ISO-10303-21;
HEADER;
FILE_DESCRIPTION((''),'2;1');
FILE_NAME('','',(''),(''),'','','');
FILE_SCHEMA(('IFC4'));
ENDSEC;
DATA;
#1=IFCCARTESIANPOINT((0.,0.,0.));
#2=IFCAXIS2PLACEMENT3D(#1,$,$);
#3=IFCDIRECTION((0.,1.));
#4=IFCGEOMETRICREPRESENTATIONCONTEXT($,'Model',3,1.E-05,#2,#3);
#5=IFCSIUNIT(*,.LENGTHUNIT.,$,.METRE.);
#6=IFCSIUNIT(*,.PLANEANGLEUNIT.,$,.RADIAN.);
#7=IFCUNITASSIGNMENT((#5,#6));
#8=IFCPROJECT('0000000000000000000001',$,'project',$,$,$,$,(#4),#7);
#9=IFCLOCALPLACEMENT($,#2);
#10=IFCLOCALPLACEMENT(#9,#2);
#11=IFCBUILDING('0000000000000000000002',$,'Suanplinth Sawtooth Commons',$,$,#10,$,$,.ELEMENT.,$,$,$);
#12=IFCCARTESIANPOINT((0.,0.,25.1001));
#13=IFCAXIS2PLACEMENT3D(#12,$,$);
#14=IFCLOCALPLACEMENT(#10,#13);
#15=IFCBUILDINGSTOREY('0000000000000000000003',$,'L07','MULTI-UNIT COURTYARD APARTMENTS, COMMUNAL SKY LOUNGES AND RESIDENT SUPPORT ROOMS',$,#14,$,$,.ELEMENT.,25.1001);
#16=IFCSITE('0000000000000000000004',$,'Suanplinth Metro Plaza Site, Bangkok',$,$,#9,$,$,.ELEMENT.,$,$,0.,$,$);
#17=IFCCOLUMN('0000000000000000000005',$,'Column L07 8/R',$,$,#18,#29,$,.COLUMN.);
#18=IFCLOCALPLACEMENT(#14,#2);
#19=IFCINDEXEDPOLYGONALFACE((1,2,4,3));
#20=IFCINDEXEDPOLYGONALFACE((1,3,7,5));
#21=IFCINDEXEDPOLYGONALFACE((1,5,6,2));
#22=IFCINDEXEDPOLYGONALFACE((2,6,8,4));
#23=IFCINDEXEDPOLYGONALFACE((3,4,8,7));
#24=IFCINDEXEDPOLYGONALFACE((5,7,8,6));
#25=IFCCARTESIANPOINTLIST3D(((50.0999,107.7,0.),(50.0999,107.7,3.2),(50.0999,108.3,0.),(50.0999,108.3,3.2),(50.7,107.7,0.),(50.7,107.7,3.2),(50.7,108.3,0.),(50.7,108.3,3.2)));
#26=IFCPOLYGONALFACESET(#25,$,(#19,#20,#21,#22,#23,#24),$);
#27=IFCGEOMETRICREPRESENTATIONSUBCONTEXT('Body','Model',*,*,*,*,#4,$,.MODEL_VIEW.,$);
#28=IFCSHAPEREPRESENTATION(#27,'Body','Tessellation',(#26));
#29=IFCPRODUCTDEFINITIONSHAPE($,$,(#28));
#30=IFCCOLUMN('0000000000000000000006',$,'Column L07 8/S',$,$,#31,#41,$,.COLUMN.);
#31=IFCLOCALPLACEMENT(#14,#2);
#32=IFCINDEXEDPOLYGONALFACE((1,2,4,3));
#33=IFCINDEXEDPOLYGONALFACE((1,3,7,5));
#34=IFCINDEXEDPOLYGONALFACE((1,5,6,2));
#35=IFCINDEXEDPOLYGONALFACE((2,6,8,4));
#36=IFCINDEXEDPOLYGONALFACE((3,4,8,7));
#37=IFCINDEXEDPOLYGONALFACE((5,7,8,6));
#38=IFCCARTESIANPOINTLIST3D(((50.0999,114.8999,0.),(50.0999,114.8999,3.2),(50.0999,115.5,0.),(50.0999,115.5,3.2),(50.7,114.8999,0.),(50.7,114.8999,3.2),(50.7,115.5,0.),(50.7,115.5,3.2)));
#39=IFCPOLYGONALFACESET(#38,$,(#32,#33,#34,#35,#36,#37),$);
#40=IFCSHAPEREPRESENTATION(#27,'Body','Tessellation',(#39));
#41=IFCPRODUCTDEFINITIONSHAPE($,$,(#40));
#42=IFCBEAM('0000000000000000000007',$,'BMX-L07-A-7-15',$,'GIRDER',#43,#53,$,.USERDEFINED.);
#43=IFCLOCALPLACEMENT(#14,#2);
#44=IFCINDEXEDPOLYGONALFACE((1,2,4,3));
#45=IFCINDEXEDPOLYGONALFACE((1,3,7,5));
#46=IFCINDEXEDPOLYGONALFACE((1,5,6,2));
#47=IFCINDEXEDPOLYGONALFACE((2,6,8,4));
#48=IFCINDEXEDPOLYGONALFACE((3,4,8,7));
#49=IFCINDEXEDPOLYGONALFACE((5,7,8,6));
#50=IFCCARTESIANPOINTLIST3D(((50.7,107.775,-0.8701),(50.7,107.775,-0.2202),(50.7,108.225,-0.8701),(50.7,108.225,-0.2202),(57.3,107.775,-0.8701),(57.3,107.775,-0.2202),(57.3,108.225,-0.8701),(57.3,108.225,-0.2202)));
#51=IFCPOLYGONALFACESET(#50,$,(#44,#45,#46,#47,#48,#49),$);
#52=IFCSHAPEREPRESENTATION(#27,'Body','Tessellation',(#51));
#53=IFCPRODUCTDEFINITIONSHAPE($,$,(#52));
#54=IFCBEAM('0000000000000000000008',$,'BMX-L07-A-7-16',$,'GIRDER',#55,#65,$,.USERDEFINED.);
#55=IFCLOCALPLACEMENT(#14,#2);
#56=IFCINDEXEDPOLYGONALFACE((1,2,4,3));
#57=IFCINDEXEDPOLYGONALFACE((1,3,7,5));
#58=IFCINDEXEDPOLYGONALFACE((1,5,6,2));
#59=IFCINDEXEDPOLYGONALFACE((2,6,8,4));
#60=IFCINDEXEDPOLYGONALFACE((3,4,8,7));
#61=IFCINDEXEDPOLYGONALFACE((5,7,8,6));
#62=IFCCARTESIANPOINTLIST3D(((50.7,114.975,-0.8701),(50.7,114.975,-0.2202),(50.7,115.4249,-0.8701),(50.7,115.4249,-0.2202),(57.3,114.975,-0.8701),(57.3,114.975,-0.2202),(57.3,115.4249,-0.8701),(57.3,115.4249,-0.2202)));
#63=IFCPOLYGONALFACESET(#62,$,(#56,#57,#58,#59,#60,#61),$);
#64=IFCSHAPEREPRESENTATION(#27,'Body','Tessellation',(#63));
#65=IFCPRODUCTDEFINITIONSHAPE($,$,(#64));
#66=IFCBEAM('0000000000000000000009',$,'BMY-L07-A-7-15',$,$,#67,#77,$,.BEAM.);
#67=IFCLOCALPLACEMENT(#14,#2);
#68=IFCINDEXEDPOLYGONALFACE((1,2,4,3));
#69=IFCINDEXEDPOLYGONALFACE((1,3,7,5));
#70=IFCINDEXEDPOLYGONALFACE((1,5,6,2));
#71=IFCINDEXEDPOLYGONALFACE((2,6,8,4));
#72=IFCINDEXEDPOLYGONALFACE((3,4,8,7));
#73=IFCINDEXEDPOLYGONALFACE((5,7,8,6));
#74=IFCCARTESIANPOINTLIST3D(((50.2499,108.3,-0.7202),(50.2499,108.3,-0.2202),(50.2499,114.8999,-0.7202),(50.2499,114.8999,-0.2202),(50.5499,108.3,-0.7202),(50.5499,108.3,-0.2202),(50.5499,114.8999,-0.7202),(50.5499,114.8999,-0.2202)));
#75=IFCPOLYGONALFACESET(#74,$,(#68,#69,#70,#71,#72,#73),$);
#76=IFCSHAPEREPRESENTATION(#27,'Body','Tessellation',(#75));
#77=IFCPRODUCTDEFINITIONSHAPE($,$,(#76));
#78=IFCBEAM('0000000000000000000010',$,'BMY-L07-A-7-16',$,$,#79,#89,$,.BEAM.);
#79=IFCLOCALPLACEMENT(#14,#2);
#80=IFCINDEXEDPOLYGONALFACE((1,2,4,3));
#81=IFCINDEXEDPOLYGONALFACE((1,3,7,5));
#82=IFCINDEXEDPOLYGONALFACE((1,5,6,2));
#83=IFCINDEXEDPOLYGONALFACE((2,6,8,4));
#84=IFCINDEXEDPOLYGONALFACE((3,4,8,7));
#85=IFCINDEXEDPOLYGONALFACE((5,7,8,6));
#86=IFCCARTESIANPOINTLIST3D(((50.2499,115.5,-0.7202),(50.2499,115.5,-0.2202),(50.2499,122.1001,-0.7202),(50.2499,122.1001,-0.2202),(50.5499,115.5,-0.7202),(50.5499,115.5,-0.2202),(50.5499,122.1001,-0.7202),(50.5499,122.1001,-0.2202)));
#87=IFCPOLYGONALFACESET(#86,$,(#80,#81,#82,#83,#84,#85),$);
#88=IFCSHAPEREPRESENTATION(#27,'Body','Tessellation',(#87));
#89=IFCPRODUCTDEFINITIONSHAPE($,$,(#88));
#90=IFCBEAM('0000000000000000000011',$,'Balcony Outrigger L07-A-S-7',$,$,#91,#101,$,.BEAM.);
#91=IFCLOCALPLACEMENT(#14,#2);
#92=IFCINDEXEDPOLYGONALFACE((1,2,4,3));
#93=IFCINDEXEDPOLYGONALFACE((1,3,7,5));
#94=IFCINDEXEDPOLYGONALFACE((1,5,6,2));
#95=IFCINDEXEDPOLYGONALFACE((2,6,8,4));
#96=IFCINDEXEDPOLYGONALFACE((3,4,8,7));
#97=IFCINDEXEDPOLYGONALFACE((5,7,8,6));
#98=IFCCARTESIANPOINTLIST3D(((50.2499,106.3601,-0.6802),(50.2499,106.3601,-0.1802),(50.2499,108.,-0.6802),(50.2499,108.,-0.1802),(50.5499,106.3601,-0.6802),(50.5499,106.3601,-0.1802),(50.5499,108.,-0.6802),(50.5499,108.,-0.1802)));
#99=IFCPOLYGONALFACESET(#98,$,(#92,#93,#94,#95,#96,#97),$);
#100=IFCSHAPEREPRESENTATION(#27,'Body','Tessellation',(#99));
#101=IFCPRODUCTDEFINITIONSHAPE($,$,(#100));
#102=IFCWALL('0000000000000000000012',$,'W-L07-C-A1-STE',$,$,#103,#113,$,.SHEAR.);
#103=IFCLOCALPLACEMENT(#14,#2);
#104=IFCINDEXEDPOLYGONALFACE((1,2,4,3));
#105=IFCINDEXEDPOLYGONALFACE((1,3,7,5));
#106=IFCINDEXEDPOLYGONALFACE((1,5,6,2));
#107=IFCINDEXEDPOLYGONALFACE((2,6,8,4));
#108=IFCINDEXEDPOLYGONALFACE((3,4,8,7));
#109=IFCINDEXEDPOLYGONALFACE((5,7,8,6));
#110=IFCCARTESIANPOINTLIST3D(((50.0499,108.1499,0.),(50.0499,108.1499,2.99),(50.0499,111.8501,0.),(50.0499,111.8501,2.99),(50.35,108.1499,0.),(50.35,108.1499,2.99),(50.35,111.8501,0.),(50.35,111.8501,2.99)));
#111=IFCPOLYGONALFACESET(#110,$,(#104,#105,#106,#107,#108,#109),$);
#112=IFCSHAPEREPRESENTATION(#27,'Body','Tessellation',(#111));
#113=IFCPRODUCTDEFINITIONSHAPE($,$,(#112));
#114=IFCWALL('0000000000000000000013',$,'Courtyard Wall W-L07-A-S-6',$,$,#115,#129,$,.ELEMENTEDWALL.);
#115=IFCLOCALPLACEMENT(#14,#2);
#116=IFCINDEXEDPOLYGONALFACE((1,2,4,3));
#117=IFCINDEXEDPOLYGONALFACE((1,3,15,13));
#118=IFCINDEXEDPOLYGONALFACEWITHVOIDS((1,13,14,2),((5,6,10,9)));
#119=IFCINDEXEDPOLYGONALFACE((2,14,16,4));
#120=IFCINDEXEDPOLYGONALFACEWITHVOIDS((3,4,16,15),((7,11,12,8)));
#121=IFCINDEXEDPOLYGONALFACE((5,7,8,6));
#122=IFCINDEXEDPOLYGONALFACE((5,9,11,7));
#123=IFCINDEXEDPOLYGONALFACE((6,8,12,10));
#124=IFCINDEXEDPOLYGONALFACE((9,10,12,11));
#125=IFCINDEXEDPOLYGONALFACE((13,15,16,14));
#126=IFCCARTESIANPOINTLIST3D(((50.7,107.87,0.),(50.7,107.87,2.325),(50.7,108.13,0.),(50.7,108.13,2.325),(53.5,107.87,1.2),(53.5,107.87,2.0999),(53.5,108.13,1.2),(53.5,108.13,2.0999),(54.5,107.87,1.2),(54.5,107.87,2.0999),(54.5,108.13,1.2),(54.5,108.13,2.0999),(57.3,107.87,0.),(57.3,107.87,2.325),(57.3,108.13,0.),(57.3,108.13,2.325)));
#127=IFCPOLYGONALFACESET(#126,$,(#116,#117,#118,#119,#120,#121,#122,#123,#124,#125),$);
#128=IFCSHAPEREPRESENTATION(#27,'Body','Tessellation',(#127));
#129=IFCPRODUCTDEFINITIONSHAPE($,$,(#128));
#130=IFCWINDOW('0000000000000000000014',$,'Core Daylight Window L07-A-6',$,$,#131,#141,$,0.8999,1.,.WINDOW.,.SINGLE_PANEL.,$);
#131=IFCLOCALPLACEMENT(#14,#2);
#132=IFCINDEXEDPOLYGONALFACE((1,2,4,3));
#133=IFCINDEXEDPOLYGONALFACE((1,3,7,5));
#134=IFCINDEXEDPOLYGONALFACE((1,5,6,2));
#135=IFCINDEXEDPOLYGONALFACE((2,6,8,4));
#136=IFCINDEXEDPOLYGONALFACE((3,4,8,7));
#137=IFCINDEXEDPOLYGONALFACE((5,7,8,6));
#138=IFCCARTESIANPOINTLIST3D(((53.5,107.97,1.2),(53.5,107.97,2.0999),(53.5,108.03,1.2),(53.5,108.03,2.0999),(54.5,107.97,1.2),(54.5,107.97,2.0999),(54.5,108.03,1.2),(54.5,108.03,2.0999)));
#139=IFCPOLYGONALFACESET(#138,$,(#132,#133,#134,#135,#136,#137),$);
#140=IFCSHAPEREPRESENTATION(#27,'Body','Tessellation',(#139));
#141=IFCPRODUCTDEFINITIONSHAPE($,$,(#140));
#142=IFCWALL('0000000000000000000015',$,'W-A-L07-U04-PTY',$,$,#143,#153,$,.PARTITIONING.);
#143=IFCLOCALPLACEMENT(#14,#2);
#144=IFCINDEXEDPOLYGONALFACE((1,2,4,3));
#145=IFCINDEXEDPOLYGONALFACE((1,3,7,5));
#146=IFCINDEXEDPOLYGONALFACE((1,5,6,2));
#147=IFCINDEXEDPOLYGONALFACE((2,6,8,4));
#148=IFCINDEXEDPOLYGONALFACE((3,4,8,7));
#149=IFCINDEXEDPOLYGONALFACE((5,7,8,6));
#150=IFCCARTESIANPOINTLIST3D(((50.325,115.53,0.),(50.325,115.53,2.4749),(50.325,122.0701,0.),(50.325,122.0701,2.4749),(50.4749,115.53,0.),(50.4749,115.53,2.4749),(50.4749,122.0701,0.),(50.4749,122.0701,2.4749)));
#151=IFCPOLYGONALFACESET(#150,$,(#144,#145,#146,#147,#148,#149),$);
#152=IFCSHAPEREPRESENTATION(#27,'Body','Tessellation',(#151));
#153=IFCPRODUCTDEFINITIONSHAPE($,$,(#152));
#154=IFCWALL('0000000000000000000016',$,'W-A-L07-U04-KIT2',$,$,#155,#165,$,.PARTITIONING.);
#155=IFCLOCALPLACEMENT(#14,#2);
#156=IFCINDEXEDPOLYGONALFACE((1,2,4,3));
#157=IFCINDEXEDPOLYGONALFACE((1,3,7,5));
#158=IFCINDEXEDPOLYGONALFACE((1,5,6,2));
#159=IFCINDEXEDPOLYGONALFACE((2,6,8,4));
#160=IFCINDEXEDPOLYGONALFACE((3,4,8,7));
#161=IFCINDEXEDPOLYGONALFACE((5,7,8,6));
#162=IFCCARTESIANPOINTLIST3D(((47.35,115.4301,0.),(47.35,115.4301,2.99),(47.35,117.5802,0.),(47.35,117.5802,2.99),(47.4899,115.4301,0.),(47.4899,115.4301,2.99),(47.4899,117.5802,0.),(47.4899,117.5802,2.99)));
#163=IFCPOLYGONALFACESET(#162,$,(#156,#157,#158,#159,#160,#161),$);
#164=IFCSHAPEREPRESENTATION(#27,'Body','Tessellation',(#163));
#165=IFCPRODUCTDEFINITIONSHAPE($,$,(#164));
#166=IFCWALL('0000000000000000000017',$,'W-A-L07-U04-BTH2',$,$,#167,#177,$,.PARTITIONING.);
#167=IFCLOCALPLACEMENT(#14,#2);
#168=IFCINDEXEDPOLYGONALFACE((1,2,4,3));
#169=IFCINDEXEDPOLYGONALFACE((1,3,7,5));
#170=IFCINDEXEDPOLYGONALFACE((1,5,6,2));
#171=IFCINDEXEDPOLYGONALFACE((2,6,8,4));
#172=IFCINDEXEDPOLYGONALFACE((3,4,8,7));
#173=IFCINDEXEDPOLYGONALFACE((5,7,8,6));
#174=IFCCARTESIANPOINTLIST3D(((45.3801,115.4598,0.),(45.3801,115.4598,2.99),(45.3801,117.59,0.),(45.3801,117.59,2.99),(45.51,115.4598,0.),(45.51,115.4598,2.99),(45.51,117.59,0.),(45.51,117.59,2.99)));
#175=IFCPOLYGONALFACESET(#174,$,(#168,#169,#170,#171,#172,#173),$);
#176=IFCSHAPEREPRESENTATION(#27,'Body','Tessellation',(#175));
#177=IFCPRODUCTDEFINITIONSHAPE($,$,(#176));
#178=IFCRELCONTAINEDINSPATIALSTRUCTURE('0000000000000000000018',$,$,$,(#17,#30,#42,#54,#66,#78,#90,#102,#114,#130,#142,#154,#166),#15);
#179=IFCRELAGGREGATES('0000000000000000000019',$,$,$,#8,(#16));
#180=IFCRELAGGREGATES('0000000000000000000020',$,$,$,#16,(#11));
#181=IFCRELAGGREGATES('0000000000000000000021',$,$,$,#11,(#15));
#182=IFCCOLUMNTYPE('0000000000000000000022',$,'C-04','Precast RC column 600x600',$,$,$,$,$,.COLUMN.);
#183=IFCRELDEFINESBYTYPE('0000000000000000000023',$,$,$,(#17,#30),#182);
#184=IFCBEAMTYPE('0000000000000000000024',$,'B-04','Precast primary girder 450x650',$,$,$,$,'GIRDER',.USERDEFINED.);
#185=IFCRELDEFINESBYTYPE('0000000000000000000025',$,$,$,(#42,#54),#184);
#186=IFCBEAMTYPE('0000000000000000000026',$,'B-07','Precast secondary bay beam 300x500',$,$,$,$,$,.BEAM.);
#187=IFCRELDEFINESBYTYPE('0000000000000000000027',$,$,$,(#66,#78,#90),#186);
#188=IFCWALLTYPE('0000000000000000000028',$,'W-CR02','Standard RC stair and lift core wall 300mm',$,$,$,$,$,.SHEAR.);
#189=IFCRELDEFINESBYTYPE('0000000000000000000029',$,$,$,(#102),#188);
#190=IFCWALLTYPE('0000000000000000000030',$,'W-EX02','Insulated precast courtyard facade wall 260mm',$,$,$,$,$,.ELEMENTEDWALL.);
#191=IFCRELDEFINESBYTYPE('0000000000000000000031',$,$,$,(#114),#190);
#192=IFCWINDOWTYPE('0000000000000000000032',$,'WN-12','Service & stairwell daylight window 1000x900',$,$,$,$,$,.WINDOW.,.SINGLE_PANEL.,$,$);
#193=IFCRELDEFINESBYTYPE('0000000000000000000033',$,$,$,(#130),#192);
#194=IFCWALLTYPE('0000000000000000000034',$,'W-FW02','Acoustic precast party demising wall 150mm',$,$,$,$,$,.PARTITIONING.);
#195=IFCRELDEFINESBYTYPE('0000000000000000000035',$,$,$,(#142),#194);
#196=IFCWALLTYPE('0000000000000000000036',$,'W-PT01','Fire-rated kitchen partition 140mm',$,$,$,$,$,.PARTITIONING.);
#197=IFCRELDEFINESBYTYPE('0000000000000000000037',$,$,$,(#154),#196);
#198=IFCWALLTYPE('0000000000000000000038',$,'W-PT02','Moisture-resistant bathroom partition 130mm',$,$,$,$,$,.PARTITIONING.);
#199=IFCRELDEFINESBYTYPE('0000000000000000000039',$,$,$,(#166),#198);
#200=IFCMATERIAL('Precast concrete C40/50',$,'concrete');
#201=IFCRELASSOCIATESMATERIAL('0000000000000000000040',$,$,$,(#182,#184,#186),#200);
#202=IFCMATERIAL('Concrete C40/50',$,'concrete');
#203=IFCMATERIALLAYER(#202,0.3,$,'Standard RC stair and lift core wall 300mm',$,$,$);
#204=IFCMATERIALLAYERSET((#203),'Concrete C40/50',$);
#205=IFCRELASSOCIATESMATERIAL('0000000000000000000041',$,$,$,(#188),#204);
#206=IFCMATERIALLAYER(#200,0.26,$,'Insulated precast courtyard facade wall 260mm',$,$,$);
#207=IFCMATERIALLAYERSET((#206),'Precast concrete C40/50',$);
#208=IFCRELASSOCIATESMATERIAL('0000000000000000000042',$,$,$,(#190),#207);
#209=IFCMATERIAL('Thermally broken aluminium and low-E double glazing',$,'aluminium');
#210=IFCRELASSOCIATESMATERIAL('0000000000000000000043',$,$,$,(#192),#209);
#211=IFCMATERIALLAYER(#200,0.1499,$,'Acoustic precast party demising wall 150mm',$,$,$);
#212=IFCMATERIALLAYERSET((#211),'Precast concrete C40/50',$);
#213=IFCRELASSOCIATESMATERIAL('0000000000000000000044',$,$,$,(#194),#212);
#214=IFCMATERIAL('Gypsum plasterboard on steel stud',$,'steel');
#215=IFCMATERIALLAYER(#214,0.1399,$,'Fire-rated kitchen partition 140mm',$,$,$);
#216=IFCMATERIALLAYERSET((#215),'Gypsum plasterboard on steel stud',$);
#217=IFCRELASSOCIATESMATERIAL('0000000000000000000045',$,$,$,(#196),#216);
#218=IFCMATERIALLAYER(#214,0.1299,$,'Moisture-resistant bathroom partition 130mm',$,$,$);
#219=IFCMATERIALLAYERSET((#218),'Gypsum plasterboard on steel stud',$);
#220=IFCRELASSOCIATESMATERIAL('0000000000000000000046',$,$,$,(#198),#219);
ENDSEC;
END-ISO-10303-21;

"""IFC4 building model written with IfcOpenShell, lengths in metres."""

from ifc_helpers import new_model, si_unit, direction, frame, frame_2d, origin, origin_2d, place, context, subcontext, project, spatial, rectangle, extrude, material, layer, layer_set, material_profile, profile_set, type_object, element, fill, save


model = new_model("IFC4")

# Units and contexts
model_context = context("Model", 3, precision=1e-05, world=origin(), true_north=direction((0.0, 1.0)))
body_context = subcontext(model_context, "Body", "Model", "MODEL_VIEW")
ifc_project = project(units=[si_unit("LENGTHUNIT", "METRE"), si_unit("PLANEANGLEUNIT", "RADIAN")], contexts=[model_context])

# Site, building, storey
site_placement = place(None, origin())
site = spatial("IfcSite", under=ifc_project, at=site_placement, Name="Suanplinth Metro Plaza Site, Bangkok", CompositionType="ELEMENT", RefElevation=0.0)
building_placement = place(site_placement, origin())
building = spatial("IfcBuilding", under=site, at=building_placement, Name="Suanplinth Sawtooth Commons", CompositionType="ELEMENT")
storey_placement = place(building_placement, frame((0.0, 0.0, 25.1001)))
storey = spatial("IfcBuildingStorey", under=building, at=storey_placement, Name="L07", Description="MULTI-UNIT COURTYARD APARTMENTS, COMMUNAL SKY LOUNGES AND RESIDENT SUPPORT ROOMS", CompositionType="ELEMENT", Elevation=25.1001)

# Columns
ifc_material_1 = material(Name="Precast concrete C40/50", Category="concrete")
ifc_material_profile_1 = material_profile(ifc_material_1, rectangle(XDim=0.6001, YDim=0.6001, at=origin_2d()), Name="PC-COL 600x600")
ifc_profile_set_1 = profile_set([ifc_material_profile_1], Name="Precast concrete C40/50")
column_type = type_object("IfcColumnType", Name="C-04", Description="Precast RC column 600x600", PredefinedType="COLUMN", material=ifc_profile_set_1)
for number, where, z_axis, x_axis, name in (
    (1, (50.3999, 108.0, 0.0), (0.0, 0.0, 1.0), (1.0, 0.0, 0.0), "Column L07 8/R"),
    (2, (50.3999, 115.2, 0.0), (0.0, 0.0, 1.0), (1.0, 0.0, 0.0), "Column L07 8/S"),
):
    element("IfcColumn", number, at=place(storey_placement, frame(where, z_axis=z_axis, x_axis=x_axis)), inside=storey, type_object=column_type, Name=name, PredefinedType="COLUMN", context=body_context, shape_type="SweptSolid", body=[
        extrude(rectangle(XDim=0.6001, YDim=0.6001, at=origin_2d()), origin(), (0.0, 0.0, 1.0), 3.2),
    ])

# Beams
ifc_material_profile_2 = material_profile(ifc_material_1, rectangle(XDim=0.45, YDim=0.6499, at=origin_2d()), Name="PC-GDR 450x650")
ifc_profile_set_2 = profile_set([ifc_material_profile_2], Name="Precast concrete C40/50")
beam_type_1 = type_object("IfcBeamType", Name="B-04", Description="Precast primary girder 450x650", ElementType="GIRDER", PredefinedType="USERDEFINED", material=ifc_profile_set_2)
for number, where, z_axis, x_axis, name in (
    (3, (50.7, 108.0, -0.5452), (1.0, 0.0, 0.0), (0.0, 1.0, 0.0), "BMX-L07-A-7-15"),
    (4, (50.7, 115.2, -0.5452), (1.0, 0.0, 0.0), (0.0, 1.0, 0.0), "BMX-L07-A-7-16"),
):
    element("IfcBeam", number, at=place(storey_placement, frame(where, z_axis=z_axis, x_axis=x_axis)), inside=storey, type_object=beam_type_1, Name=name, ObjectType="GIRDER", PredefinedType="USERDEFINED", context=body_context, shape_type="SweptSolid", body=[
        extrude(rectangle(XDim=0.45, YDim=0.6499, at=origin_2d()), origin(), (0.0, 0.0, 1.0), 6.6001),
    ])
ifc_material_profile_3 = material_profile(ifc_material_1, rectangle(XDim=0.3, YDim=0.5, at=origin_2d()), Name="PC-BM 300x500")
ifc_profile_set_3 = profile_set([ifc_material_profile_3], Name="Precast concrete C40/50")
beam_type_2 = type_object("IfcBeamType", Name="B-07", Description="Precast secondary bay beam 300x500", PredefinedType="BEAM", material=ifc_profile_set_3)
beam_1_placement = place(storey_placement, frame((50.3999, 108.3, -0.4702), z_axis=(0.0, 1.0, 0.0), x_axis=(-1.0, 0.0, 0.0)))
element("IfcBeam", 5, at=beam_1_placement, inside=storey, type_object=beam_type_2, Name="BMY-L07-A-7-15", PredefinedType="BEAM", context=body_context, shape_type="SweptSolid", body=[
    extrude(rectangle(XDim=0.3, YDim=0.5, at=origin_2d()), origin(), (0.0, 0.0, 1.0), 6.5999),
])
beam_2_placement = place(storey_placement, frame((50.3999, 115.5, -0.4702), z_axis=(0.0, 1.0, 0.0), x_axis=(-1.0, 0.0, 0.0)))
element("IfcBeam", 6, at=beam_2_placement, inside=storey, type_object=beam_type_2, Name="BMY-L07-A-7-16", PredefinedType="BEAM", context=body_context, shape_type="SweptSolid", body=[
    extrude(rectangle(XDim=0.3, YDim=0.5, at=origin_2d()), origin(), (0.0, 0.0, 1.0), 6.6001),
])
beam_3_placement = place(storey_placement, frame((50.3999, 108.0, -0.4302), z_axis=(0.0, -1.0, 0.0), x_axis=(1.0, 0.0, 0.0)))
element("IfcBeam", 7, at=beam_3_placement, inside=storey, type_object=beam_type_2, Name="Balcony Outrigger L07-A-S-7", PredefinedType="BEAM", context=body_context, shape_type="SweptSolid", body=[
    extrude(rectangle(XDim=0.3, YDim=0.5, at=origin_2d()), origin(), (0.0, 0.0, 1.0), 1.6399),
])

# Wall
ifc_material_2 = material(Name="Concrete C40/50", Category="concrete")
ifc_layer_1 = layer(ifc_material_2, 0.3, Name="Standard RC stair and lift core wall 300mm")
ifc_layer_set_1 = layer_set([ifc_layer_1], Name="Concrete C40/50")
wall_type_1 = type_object("IfcWallType", Name="W-CR02", Description="Standard RC stair and lift core wall 300mm", PredefinedType="SHEAR", material=ifc_layer_set_1)
wall_1_placement = place(storey_placement, frame((50.2, 108.1499, 0.0), z_axis=(0.0, 0.0, 1.0), x_axis=(0.0, 1.0, 0.0)))
element("IfcWall", 8, at=wall_1_placement, inside=storey, type_object=wall_type_1, Name="W-L07-C-A1-STE", PredefinedType="SHEAR", context=body_context, shape_type="SweptSolid", body=[
    extrude(rectangle(XDim=3.7002, YDim=0.3, at=frame_2d((1.8501, 0.0))), origin(), (0.0, 0.0, 1.0), 2.99),
])

# Wall, opening, window
ifc_layer_2 = layer(ifc_material_1, 0.26, Name="Insulated precast courtyard facade wall 260mm")
ifc_layer_set_2 = layer_set([ifc_layer_2], Name="Precast concrete C40/50")
wall_type_2 = type_object("IfcWallType", Name="W-EX02", Description="Insulated precast courtyard facade wall 260mm", PredefinedType="ELEMENTEDWALL", material=ifc_layer_set_2)
wall_2_placement = place(storey_placement, frame((50.7, 108.0, 0.0), z_axis=(0.0, 0.0, 1.0), x_axis=(1.0, 0.0, 0.0)))
wall_2 = element("IfcWall", 9, at=wall_2_placement, inside=storey, type_object=wall_type_2, Name="Courtyard Wall W-L07-A-S-6", PredefinedType="ELEMENTEDWALL", context=body_context, shape_type="SweptSolid", body=[
    extrude(rectangle(XDim=6.6001, YDim=0.26, at=frame_2d((3.3, 0.0))), origin(), (0.0, 0.0, 1.0), 2.325),
])
opening_1_placement = place(wall_2_placement, frame((2.8, 0.0, 1.2)))
opening_1 = element("IfcOpeningElement", 10, at=opening_1_placement, cuts=wall_2, PredefinedType="OPENING", context=body_context, shape_type="SweptSolid", body=[
    extrude(rectangle(XDim=1.0, YDim=0.8999, at=frame_2d((0.5, 0.45))), frame((0.0, 0.145, 0.0), z_axis=(0.0, -1.0, 0.0), x_axis=(1.0, 0.0, 0.0)), (0.0, 0.0, 1.0), 0.2898),
])
ifc_material_3 = material(Name="Thermally broken aluminium and low-E double glazing", Category="aluminium")
window_type = type_object("IfcWindowType", Name="WN-12", Description="Service & stairwell daylight window 1000x900", PartitioningType="SINGLE_PANEL", PredefinedType="WINDOW", material=ifc_material_3)
window_placement = place(opening_1_placement, origin())
window = element("IfcWindow", 11, at=window_placement, inside=storey, type_object=window_type, Name="Core Daylight Window L07-A-6", OverallHeight=0.8999, OverallWidth=1.0, PartitioningType="SINGLE_PANEL", PredefinedType="WINDOW", context=body_context, shape_type="SweptSolid", body=[
    extrude(rectangle(XDim=1.0, YDim=0.8999, at=frame_2d((0.5, 0.45))), frame((0.0, 0.03, 0.0), z_axis=(0.0, -1.0, 0.0), x_axis=(1.0, 0.0, 0.0)), (0.0, 0.0, 1.0), 0.0601),
])
fill(opening_1, window)

# Walls
ifc_layer_3 = layer(ifc_material_1, 0.1499, Name="Acoustic precast party demising wall 150mm")
ifc_layer_set_3 = layer_set([ifc_layer_3], Name="Precast concrete C40/50")
wall_type_3 = type_object("IfcWallType", Name="W-FW02", Description="Acoustic precast party demising wall 150mm", PredefinedType="PARTITIONING", material=ifc_layer_set_3)
wall_3_placement = place(storey_placement, frame((50.3999, 115.53, 0.0), z_axis=(0.0, 0.0, 1.0), x_axis=(0.0, 1.0, 0.0)))
element("IfcWall", 12, at=wall_3_placement, inside=storey, type_object=wall_type_3, Name="W-A-L07-U04-PTY", PredefinedType="PARTITIONING", context=body_context, shape_type="SweptSolid", body=[
    extrude(rectangle(XDim=6.54, YDim=0.1499, at=frame_2d((3.27, 0.0))), origin(), (0.0, 0.0, 1.0), 2.4749),
])
ifc_material_4 = material(Name="Gypsum plasterboard on steel stud", Category="steel")
ifc_layer_4 = layer(ifc_material_4, 0.1399, Name="Fire-rated kitchen partition 140mm")
ifc_layer_set_4 = layer_set([ifc_layer_4], Name="Gypsum plasterboard on steel stud")
wall_type_4 = type_object("IfcWallType", Name="W-PT01", Description="Fire-rated kitchen partition 140mm", PredefinedType="PARTITIONING", material=ifc_layer_set_4)
wall_4_placement = place(storey_placement, frame((47.4199, 115.4299, 0.0), z_axis=(0.0, 0.0, 1.0), x_axis=(0.0, 1.0, 0.0)))
element("IfcWall", 13, at=wall_4_placement, inside=storey, type_object=wall_type_4, Name="W-A-L07-U04-KIT2", PredefinedType="PARTITIONING", context=body_context, shape_type="SweptSolid", body=[
    extrude(rectangle(XDim=2.1501, YDim=0.1399, at=frame_2d((1.0752, 0.0))), origin(), (0.0, 0.0, 1.0), 2.99),
])
ifc_layer_5 = layer(ifc_material_4, 0.1299, Name="Moisture-resistant bathroom partition 130mm")
ifc_layer_set_5 = layer_set([ifc_layer_5], Name="Gypsum plasterboard on steel stud")
wall_type_5 = type_object("IfcWallType", Name="W-PT02", Description="Moisture-resistant bathroom partition 130mm", PredefinedType="PARTITIONING", material=ifc_layer_set_5)
wall_5_placement = place(storey_placement, frame((45.4451, 115.46, 0.0), z_axis=(0.0, 0.0, 1.0), x_axis=(0.0, 1.0, 0.0)))
element("IfcWall", 14, at=wall_5_placement, inside=storey, type_object=wall_type_5, Name="W-A-L07-U04-BTH2", PredefinedType="PARTITIONING", context=body_context, shape_type="SweptSolid", body=[
    extrude(rectangle(XDim=2.1301, YDim=0.1299, at=frame_2d((1.0649, 0.0))), origin(), (0.0, 0.0, 1.0), 2.99),
])

save(model, "model.ifc")
